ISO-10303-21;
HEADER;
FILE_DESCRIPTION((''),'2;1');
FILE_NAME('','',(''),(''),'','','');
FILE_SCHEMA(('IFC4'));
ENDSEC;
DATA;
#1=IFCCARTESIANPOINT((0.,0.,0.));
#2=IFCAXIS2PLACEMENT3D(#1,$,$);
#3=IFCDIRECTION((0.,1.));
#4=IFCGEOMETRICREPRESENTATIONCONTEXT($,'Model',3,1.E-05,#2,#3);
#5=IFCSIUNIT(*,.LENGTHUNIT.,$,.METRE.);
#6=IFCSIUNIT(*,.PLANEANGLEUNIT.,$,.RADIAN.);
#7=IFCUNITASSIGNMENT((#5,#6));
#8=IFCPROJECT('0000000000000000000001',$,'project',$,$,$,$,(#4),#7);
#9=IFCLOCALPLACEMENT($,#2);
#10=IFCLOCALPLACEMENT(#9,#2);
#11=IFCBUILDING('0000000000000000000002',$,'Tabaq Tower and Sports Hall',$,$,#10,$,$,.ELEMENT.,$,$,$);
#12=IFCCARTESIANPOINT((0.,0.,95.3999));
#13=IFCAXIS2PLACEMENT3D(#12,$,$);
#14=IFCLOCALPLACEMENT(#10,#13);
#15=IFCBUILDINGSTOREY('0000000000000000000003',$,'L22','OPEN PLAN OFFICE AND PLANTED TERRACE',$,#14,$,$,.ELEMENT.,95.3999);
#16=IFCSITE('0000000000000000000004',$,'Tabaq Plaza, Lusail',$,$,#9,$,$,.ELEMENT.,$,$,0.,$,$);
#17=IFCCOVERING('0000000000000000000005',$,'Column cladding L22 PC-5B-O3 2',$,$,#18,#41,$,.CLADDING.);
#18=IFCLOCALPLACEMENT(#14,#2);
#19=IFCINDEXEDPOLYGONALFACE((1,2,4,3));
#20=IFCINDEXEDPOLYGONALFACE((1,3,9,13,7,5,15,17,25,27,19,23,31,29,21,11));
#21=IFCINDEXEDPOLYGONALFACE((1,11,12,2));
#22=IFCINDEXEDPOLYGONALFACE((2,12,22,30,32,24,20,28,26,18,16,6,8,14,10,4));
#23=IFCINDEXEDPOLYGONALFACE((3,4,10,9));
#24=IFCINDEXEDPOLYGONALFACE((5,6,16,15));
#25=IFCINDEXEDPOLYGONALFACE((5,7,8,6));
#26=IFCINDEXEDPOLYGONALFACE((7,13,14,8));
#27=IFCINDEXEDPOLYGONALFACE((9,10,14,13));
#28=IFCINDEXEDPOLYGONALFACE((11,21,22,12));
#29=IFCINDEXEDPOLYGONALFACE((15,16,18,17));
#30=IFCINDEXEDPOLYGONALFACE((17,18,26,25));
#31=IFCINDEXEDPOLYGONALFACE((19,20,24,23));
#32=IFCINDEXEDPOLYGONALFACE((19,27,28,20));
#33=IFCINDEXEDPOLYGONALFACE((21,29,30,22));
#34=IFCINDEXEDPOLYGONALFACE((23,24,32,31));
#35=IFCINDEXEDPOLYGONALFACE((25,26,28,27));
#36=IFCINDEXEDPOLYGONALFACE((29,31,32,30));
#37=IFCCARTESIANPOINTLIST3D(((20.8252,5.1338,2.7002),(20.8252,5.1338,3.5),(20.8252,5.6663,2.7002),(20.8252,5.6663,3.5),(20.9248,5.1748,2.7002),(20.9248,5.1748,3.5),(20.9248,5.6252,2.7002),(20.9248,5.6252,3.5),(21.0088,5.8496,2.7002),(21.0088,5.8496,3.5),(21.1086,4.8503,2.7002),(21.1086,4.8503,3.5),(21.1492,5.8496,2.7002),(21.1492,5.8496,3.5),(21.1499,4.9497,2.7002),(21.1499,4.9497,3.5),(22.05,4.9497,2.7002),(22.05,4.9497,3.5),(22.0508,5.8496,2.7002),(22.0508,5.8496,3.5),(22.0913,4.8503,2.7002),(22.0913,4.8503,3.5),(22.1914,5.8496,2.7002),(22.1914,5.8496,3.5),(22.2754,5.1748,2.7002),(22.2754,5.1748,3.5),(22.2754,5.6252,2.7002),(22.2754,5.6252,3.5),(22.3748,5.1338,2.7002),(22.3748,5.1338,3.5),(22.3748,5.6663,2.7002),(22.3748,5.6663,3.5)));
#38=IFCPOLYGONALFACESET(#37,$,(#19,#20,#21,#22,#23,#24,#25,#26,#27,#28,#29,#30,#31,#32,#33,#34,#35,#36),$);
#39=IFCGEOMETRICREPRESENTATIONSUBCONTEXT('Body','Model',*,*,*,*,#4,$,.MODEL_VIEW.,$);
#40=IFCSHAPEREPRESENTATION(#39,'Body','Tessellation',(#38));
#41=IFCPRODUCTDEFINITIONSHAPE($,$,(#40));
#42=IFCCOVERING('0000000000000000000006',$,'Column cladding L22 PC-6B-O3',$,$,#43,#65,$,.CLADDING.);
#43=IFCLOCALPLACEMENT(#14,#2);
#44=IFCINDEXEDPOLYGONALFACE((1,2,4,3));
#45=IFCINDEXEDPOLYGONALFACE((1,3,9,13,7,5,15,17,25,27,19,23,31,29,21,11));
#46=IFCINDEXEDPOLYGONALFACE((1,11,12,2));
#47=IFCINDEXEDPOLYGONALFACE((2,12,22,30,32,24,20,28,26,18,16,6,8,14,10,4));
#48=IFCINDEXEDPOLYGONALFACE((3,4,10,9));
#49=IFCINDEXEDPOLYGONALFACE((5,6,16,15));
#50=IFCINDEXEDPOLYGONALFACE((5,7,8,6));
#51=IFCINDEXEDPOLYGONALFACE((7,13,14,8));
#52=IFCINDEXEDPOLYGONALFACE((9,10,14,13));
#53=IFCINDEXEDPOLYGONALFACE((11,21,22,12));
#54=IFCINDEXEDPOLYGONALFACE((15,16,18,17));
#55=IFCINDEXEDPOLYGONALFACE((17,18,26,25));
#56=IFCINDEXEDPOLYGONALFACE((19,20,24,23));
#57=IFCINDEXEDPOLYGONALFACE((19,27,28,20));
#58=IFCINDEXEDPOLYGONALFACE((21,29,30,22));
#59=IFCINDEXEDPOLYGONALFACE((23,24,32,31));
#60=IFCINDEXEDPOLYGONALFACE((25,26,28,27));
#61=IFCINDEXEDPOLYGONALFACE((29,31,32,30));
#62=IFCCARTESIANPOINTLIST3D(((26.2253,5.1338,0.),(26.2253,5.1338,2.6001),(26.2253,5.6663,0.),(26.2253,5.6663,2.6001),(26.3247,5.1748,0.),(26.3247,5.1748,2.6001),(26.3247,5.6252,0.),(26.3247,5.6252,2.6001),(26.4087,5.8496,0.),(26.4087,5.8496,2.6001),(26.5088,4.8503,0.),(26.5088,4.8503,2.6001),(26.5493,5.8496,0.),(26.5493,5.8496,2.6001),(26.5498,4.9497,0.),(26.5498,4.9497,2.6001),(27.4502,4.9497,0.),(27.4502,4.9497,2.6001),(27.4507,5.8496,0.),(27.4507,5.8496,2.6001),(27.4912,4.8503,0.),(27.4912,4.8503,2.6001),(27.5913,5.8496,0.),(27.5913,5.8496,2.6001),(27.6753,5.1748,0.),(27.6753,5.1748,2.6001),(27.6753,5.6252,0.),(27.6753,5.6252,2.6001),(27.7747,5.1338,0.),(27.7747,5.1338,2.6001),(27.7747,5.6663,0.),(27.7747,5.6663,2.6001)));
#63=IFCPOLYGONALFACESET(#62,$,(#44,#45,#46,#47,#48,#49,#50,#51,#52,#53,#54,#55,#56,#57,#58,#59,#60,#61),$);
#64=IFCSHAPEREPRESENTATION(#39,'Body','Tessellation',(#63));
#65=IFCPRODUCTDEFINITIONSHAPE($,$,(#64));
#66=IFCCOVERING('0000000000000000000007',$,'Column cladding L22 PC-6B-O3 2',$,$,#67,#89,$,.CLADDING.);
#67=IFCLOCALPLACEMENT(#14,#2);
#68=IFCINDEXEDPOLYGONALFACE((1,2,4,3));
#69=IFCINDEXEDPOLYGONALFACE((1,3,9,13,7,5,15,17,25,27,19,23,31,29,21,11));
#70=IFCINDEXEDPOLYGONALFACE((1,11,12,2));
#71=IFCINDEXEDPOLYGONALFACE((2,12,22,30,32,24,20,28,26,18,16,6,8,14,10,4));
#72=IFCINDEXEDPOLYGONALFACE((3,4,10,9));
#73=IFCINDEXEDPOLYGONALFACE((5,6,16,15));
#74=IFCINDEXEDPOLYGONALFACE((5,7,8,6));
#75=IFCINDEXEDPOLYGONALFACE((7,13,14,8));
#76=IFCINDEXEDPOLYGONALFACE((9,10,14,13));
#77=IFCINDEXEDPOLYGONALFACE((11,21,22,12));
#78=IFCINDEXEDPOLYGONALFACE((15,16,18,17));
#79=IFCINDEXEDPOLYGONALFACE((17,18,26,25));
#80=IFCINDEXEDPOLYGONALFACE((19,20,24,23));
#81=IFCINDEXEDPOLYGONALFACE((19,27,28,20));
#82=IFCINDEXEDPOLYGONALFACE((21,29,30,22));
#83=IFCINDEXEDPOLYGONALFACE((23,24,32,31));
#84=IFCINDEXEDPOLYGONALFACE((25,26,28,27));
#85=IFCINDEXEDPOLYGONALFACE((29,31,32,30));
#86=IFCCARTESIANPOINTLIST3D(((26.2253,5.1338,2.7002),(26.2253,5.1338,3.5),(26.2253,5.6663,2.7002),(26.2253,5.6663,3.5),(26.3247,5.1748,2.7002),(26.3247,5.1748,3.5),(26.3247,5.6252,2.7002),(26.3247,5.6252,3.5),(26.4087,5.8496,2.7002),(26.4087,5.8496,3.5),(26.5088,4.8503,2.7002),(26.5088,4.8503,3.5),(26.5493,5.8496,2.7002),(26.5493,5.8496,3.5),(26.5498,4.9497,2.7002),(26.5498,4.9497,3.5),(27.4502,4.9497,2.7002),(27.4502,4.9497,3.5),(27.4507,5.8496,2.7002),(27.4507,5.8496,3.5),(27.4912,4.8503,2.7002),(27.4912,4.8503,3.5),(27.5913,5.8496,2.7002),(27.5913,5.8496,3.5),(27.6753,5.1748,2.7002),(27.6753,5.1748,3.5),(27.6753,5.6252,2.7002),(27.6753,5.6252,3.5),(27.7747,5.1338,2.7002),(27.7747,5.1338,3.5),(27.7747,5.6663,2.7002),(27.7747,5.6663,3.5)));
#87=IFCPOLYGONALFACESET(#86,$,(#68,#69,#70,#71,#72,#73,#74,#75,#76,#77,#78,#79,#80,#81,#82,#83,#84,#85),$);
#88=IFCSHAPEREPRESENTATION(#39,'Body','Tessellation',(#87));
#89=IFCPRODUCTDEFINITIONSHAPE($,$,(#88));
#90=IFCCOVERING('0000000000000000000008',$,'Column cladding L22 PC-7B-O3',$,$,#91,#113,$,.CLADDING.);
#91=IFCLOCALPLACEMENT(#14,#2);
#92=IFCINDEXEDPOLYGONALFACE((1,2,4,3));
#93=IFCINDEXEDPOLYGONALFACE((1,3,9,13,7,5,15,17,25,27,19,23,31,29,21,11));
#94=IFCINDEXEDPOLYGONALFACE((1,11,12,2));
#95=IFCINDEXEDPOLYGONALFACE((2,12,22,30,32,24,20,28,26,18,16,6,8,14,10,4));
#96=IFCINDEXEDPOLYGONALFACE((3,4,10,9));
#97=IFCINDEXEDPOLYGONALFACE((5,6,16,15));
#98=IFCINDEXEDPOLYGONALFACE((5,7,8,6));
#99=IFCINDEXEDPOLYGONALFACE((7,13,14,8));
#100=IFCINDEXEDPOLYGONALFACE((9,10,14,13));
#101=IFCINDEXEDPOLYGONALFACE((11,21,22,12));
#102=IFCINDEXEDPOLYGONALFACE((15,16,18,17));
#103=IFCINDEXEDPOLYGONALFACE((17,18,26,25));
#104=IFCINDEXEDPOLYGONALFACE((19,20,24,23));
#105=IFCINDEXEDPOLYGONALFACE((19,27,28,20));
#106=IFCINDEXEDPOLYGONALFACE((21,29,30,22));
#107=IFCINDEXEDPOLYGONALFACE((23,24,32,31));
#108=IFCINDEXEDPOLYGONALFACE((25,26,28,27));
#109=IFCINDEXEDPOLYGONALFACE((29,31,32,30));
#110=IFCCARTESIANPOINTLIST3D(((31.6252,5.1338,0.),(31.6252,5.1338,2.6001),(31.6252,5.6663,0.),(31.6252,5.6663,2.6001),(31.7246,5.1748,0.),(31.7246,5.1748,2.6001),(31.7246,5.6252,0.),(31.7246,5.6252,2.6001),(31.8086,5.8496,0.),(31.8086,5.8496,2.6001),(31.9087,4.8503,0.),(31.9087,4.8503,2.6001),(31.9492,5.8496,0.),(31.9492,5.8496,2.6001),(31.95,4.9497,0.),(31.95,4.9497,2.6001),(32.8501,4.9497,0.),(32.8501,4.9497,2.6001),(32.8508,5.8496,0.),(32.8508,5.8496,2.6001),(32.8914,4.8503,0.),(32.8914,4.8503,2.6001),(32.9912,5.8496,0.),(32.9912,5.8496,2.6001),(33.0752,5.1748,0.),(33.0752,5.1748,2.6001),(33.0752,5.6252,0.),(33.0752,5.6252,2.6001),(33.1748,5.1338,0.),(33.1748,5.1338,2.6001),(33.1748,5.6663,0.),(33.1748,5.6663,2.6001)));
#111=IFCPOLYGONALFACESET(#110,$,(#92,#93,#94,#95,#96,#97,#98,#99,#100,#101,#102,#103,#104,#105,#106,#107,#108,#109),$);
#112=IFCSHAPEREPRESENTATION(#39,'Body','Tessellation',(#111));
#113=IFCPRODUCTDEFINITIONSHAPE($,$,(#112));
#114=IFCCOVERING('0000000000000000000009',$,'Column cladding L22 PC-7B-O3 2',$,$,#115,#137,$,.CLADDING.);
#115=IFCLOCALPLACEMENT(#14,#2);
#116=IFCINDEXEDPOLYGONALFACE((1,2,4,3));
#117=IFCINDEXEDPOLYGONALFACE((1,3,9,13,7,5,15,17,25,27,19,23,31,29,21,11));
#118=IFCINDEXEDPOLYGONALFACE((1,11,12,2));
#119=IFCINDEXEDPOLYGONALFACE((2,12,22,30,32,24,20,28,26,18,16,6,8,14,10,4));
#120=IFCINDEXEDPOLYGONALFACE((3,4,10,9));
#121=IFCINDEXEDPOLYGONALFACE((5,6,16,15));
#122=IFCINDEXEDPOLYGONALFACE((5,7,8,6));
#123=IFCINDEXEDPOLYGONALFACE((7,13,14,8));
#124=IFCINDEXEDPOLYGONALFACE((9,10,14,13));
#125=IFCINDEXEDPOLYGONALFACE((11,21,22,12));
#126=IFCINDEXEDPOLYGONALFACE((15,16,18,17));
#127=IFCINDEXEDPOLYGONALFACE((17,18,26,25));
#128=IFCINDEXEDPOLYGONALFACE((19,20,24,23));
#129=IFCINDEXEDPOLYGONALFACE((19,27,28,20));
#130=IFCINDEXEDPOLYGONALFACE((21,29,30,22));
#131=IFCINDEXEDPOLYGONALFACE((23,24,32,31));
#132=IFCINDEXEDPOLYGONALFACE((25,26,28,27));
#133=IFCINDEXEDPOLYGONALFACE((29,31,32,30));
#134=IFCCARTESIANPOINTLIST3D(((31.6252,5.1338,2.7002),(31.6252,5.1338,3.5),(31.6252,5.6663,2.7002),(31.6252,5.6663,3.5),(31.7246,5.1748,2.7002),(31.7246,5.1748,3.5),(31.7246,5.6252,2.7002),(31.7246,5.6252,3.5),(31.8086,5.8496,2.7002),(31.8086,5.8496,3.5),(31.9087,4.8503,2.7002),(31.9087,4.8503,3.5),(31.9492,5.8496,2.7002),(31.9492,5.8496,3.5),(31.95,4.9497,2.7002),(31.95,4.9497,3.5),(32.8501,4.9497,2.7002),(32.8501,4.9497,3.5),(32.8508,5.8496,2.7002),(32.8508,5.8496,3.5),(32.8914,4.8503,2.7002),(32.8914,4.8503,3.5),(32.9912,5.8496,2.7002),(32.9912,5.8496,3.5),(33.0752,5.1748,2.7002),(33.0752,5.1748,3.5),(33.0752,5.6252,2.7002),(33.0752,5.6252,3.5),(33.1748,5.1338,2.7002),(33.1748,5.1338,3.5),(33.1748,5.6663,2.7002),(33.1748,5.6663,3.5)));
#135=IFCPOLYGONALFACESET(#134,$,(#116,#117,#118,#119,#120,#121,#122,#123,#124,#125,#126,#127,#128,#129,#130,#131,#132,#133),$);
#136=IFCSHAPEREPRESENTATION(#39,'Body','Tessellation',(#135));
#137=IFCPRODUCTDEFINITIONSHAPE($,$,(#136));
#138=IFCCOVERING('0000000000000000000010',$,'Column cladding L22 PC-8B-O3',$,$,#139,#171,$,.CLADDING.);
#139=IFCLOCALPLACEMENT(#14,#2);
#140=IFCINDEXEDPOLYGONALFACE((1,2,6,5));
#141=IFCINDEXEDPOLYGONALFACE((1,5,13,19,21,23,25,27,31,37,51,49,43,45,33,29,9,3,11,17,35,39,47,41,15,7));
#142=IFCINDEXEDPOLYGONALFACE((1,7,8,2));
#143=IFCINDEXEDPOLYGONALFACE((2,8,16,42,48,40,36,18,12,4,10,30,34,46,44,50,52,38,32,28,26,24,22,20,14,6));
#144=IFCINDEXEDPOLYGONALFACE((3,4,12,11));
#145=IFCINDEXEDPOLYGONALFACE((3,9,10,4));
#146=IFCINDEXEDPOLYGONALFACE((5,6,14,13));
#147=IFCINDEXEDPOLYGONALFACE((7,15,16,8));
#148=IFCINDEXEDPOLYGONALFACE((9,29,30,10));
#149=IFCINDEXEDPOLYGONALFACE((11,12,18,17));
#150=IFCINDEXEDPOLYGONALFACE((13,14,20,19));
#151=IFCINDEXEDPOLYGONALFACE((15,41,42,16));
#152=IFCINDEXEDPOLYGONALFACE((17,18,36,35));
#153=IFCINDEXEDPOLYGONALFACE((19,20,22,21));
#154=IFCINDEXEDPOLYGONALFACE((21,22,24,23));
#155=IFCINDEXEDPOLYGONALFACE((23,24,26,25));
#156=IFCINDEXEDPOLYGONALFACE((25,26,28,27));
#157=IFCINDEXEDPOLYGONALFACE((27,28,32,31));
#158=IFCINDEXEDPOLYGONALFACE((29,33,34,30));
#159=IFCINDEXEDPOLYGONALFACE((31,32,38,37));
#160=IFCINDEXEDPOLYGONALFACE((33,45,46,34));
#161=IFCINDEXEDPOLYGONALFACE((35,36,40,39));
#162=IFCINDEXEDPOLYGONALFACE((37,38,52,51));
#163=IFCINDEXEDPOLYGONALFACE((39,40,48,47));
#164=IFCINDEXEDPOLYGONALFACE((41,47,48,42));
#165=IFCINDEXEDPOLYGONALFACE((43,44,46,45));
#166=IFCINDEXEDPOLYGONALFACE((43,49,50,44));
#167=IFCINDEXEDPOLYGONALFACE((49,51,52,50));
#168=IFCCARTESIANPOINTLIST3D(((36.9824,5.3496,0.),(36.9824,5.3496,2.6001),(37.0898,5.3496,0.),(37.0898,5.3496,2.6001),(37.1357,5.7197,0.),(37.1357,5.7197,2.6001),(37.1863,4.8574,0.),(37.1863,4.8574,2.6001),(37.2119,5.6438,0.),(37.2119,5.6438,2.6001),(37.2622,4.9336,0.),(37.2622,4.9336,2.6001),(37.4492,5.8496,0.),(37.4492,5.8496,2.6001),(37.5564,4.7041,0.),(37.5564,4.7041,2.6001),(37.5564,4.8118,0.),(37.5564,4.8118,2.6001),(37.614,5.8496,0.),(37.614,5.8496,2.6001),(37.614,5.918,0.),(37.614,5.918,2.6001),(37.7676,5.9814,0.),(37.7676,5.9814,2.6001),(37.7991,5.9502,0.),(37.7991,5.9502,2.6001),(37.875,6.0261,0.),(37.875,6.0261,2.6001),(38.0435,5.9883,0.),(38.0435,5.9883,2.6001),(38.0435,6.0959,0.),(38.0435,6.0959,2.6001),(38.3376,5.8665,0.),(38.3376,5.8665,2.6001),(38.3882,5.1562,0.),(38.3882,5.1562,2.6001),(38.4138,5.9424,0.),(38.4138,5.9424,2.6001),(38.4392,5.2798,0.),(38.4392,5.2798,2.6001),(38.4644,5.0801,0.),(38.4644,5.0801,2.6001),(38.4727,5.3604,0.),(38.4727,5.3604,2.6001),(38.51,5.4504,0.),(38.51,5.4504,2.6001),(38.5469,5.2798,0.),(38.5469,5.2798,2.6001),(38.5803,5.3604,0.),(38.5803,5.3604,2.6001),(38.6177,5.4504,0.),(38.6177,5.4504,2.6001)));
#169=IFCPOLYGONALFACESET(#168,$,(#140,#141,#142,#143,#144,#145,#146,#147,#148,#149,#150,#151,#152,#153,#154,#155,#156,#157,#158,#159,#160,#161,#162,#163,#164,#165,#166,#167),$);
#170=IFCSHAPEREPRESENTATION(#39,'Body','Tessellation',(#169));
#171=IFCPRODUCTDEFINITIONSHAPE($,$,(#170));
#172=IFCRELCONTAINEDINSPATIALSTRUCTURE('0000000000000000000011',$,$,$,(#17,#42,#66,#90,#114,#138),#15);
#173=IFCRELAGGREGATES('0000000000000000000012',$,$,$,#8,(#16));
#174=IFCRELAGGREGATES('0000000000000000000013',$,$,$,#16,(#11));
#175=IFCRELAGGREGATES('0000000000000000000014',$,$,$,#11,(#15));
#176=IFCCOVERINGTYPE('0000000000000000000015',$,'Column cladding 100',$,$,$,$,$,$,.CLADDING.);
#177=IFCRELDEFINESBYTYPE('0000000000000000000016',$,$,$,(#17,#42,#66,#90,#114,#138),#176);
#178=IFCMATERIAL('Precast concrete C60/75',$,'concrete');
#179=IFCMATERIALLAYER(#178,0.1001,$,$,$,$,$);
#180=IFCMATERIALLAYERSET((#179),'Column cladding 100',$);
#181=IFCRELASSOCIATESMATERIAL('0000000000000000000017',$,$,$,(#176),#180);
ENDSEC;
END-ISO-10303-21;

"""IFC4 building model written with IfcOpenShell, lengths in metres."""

from ifc_helpers import new_model, si_unit, direction, frame, origin, place, context, subcontext, project, spatial, polyline, outline, extrude, material, layer, layer_set, type_object, element, save


model = new_model("IFC4")

# Units and contexts
model_context = context("Model", 3, precision=1e-05, world=origin(), true_north=direction((0.0, 1.0)))
body_context = subcontext(model_context, "Body", "Model", "MODEL_VIEW")
ifc_project = project(units=[si_unit("LENGTHUNIT", "METRE"), si_unit("PLANEANGLEUNIT", "RADIAN")], contexts=[model_context])

# Site, building, storey
site_placement = place(None, origin())
site = spatial("IfcSite", under=ifc_project, at=site_placement, Name="Tabaq Plaza, Lusail", CompositionType="ELEMENT", RefElevation=0.0)
building_placement = place(site_placement, origin())
building = spatial("IfcBuilding", under=site, at=building_placement, Name="Tabaq Tower and Sports Hall", CompositionType="ELEMENT")
storey_placement = place(building_placement, frame((0.0, 0.0, 95.3999)))
storey = spatial("IfcBuildingStorey", under=building, at=storey_placement, Name="L22", Description="OPEN PLAN OFFICE AND PLANTED TERRACE", CompositionType="ELEMENT", Elevation=95.3999)

# Coverings
ifc_material_1 = material(Name="Precast concrete C60/75", Category="concrete")
ifc_layer_1 = layer(ifc_material_1, 0.1001)
ifc_layer_set_1 = layer_set([ifc_layer_1], Name="Column cladding 100")
covering_type_1 = type_object("IfcCoveringType", Name="Column cladding 100", PredefinedType="CLADDING", material=ifc_layer_set_1)
covering_1_placement = place(storey_placement, frame((0.0, 0.0, 2.7002)))
element("IfcCovering", 1, at=covering_1_placement, inside=storey, type_object=covering_type_1, Name="Column cladding L22 PC-5B-O3 2", PredefinedType="CLADDING", context=body_context, shape_type="SweptSolid", body=[
    extrude(outline(polyline([(20.8252, 5.6663), (21.0088, 5.8496), (21.1492, 5.8496), (20.9248, 5.6252), (20.9248, 5.1748), (21.1499, 4.9497), (22.05, 4.9497), (22.2754, 5.1748), (22.2754, 5.6252), (22.0508, 5.8496), (22.1914, 5.8496), (22.3748, 5.6663), (22.3748, 5.1338), (22.0913, 4.8503), (21.1086, 4.8503), (20.8252, 5.1338), (20.8252, 5.6663)])), origin(), (0.0, 0.0, 1.0), 0.7998),
])
covering_2_placement = place(storey_placement, origin())
element("IfcCovering", 2, at=covering_2_placement, inside=storey, type_object=covering_type_1, Name="Column cladding L22 PC-6B-O3", PredefinedType="CLADDING", context=body_context, shape_type="SweptSolid", body=[
    extrude(outline(polyline([(26.2253, 5.6663), (26.4087, 5.8496), (26.5493, 5.8496), (26.3247, 5.6252), (26.3247, 5.1748), (26.5498, 4.9497), (27.4502, 4.9497), (27.6753, 5.1748), (27.6753, 5.6252), (27.4507, 5.8496), (27.5913, 5.8496), (27.7747, 5.6663), (27.7747, 5.1338), (27.4912, 4.8503), (26.5088, 4.8503), (26.2253, 5.1338), (26.2253, 5.6663)])), origin(), (0.0, 0.0, 1.0), 2.6001),
])
covering_3_placement = place(storey_placement, frame((0.0, 0.0, 2.7002)))
element("IfcCovering", 3, at=covering_3_placement, inside=storey, type_object=covering_type_1, Name="Column cladding L22 PC-6B-O3 2", PredefinedType="CLADDING", context=body_context, shape_type="SweptSolid", body=[
    extrude(outline(polyline([(26.2253, 5.6663), (26.4087, 5.8496), (26.5493, 5.8496), (26.3247, 5.6252), (26.3247, 5.1748), (26.5498, 4.9497), (27.4502, 4.9497), (27.6753, 5.1748), (27.6753, 5.6252), (27.4507, 5.8496), (27.5913, 5.8496), (27.7747, 5.6663), (27.7747, 5.1338), (27.4912, 4.8503), (26.5088, 4.8503), (26.2253, 5.1338), (26.2253, 5.6663)])), origin(), (0.0, 0.0, 1.0), 0.7998),
])
covering_4_placement = place(storey_placement, origin())
element("IfcCovering", 4, at=covering_4_placement, inside=storey, type_object=covering_type_1, Name="Column cladding L22 PC-7B-O3", PredefinedType="CLADDING", context=body_context, shape_type="SweptSolid", body=[
    extrude(outline(polyline([(31.6252, 5.6663), (31.8086, 5.8496), (31.9492, 5.8496), (31.7246, 5.6252), (31.7246, 5.1748), (31.95, 4.9497), (32.8501, 4.9497), (33.0752, 5.1748), (33.0752, 5.6252), (32.8508, 5.8496), (32.9912, 5.8496), (33.1748, 5.6663), (33.1748, 5.1338), (32.8914, 4.8503), (31.9087, 4.8503), (31.6252, 5.1338), (31.6252, 5.6663)])), origin(), (0.0, 0.0, 1.0), 2.6001),
])
covering_5_placement = place(storey_placement, frame((0.0, 0.0, 2.7002)))
element("IfcCovering", 5, at=covering_5_placement, inside=storey, type_object=covering_type_1, Name="Column cladding L22 PC-7B-O3 2", PredefinedType="CLADDING", context=body_context, shape_type="SweptSolid", body=[
    extrude(outline(polyline([(31.6252, 5.6663), (31.8086, 5.8496), (31.9492, 5.8496), (31.7246, 5.6252), (31.7246, 5.1748), (31.95, 4.9497), (32.8501, 4.9497), (33.0752, 5.1748), (33.0752, 5.6252), (32.8508, 5.8496), (32.9912, 5.8496), (33.1748, 5.6663), (33.1748, 5.1338), (32.8914, 4.8503), (31.9087, 4.8503), (31.6252, 5.1338), (31.6252, 5.6663)])), origin(), (0.0, 0.0, 1.0), 0.7998),
])
covering_6_placement = place(storey_placement, origin())
element("IfcCovering", 6, at=covering_6_placement, inside=storey, type_object=covering_type_1, Name="Column cladding L22 PC-8B-O3", PredefinedType="CLADDING", context=body_context, shape_type="SweptSolid", body=[
    extrude(outline(polyline([(36.9824, 5.3496), (37.1357, 5.7197), (37.4492, 5.8496), (37.614, 5.8496), (37.614, 5.918), (37.7676, 5.9814), (37.7991, 5.9502), (37.875, 6.0261), (38.0435, 6.0959), (38.4138, 5.9424), (38.6177, 5.4504), (38.5803, 5.3604), (38.4727, 5.3604), (38.51, 5.4504), (38.3376, 5.8665), (38.0435, 5.9883), (37.2119, 5.6438), (37.0898, 5.3496), (37.2622, 4.9336), (37.5564, 4.8118), (38.3882, 5.1562), (38.4392, 5.2798), (38.5469, 5.2798), (38.4644, 5.0801), (37.5564, 4.7041), (37.1863, 4.8574), (36.9824, 5.3496)])), origin(), (0.0, 0.0, 1.0), 2.6001),
])

save(model, "model.ifc")
